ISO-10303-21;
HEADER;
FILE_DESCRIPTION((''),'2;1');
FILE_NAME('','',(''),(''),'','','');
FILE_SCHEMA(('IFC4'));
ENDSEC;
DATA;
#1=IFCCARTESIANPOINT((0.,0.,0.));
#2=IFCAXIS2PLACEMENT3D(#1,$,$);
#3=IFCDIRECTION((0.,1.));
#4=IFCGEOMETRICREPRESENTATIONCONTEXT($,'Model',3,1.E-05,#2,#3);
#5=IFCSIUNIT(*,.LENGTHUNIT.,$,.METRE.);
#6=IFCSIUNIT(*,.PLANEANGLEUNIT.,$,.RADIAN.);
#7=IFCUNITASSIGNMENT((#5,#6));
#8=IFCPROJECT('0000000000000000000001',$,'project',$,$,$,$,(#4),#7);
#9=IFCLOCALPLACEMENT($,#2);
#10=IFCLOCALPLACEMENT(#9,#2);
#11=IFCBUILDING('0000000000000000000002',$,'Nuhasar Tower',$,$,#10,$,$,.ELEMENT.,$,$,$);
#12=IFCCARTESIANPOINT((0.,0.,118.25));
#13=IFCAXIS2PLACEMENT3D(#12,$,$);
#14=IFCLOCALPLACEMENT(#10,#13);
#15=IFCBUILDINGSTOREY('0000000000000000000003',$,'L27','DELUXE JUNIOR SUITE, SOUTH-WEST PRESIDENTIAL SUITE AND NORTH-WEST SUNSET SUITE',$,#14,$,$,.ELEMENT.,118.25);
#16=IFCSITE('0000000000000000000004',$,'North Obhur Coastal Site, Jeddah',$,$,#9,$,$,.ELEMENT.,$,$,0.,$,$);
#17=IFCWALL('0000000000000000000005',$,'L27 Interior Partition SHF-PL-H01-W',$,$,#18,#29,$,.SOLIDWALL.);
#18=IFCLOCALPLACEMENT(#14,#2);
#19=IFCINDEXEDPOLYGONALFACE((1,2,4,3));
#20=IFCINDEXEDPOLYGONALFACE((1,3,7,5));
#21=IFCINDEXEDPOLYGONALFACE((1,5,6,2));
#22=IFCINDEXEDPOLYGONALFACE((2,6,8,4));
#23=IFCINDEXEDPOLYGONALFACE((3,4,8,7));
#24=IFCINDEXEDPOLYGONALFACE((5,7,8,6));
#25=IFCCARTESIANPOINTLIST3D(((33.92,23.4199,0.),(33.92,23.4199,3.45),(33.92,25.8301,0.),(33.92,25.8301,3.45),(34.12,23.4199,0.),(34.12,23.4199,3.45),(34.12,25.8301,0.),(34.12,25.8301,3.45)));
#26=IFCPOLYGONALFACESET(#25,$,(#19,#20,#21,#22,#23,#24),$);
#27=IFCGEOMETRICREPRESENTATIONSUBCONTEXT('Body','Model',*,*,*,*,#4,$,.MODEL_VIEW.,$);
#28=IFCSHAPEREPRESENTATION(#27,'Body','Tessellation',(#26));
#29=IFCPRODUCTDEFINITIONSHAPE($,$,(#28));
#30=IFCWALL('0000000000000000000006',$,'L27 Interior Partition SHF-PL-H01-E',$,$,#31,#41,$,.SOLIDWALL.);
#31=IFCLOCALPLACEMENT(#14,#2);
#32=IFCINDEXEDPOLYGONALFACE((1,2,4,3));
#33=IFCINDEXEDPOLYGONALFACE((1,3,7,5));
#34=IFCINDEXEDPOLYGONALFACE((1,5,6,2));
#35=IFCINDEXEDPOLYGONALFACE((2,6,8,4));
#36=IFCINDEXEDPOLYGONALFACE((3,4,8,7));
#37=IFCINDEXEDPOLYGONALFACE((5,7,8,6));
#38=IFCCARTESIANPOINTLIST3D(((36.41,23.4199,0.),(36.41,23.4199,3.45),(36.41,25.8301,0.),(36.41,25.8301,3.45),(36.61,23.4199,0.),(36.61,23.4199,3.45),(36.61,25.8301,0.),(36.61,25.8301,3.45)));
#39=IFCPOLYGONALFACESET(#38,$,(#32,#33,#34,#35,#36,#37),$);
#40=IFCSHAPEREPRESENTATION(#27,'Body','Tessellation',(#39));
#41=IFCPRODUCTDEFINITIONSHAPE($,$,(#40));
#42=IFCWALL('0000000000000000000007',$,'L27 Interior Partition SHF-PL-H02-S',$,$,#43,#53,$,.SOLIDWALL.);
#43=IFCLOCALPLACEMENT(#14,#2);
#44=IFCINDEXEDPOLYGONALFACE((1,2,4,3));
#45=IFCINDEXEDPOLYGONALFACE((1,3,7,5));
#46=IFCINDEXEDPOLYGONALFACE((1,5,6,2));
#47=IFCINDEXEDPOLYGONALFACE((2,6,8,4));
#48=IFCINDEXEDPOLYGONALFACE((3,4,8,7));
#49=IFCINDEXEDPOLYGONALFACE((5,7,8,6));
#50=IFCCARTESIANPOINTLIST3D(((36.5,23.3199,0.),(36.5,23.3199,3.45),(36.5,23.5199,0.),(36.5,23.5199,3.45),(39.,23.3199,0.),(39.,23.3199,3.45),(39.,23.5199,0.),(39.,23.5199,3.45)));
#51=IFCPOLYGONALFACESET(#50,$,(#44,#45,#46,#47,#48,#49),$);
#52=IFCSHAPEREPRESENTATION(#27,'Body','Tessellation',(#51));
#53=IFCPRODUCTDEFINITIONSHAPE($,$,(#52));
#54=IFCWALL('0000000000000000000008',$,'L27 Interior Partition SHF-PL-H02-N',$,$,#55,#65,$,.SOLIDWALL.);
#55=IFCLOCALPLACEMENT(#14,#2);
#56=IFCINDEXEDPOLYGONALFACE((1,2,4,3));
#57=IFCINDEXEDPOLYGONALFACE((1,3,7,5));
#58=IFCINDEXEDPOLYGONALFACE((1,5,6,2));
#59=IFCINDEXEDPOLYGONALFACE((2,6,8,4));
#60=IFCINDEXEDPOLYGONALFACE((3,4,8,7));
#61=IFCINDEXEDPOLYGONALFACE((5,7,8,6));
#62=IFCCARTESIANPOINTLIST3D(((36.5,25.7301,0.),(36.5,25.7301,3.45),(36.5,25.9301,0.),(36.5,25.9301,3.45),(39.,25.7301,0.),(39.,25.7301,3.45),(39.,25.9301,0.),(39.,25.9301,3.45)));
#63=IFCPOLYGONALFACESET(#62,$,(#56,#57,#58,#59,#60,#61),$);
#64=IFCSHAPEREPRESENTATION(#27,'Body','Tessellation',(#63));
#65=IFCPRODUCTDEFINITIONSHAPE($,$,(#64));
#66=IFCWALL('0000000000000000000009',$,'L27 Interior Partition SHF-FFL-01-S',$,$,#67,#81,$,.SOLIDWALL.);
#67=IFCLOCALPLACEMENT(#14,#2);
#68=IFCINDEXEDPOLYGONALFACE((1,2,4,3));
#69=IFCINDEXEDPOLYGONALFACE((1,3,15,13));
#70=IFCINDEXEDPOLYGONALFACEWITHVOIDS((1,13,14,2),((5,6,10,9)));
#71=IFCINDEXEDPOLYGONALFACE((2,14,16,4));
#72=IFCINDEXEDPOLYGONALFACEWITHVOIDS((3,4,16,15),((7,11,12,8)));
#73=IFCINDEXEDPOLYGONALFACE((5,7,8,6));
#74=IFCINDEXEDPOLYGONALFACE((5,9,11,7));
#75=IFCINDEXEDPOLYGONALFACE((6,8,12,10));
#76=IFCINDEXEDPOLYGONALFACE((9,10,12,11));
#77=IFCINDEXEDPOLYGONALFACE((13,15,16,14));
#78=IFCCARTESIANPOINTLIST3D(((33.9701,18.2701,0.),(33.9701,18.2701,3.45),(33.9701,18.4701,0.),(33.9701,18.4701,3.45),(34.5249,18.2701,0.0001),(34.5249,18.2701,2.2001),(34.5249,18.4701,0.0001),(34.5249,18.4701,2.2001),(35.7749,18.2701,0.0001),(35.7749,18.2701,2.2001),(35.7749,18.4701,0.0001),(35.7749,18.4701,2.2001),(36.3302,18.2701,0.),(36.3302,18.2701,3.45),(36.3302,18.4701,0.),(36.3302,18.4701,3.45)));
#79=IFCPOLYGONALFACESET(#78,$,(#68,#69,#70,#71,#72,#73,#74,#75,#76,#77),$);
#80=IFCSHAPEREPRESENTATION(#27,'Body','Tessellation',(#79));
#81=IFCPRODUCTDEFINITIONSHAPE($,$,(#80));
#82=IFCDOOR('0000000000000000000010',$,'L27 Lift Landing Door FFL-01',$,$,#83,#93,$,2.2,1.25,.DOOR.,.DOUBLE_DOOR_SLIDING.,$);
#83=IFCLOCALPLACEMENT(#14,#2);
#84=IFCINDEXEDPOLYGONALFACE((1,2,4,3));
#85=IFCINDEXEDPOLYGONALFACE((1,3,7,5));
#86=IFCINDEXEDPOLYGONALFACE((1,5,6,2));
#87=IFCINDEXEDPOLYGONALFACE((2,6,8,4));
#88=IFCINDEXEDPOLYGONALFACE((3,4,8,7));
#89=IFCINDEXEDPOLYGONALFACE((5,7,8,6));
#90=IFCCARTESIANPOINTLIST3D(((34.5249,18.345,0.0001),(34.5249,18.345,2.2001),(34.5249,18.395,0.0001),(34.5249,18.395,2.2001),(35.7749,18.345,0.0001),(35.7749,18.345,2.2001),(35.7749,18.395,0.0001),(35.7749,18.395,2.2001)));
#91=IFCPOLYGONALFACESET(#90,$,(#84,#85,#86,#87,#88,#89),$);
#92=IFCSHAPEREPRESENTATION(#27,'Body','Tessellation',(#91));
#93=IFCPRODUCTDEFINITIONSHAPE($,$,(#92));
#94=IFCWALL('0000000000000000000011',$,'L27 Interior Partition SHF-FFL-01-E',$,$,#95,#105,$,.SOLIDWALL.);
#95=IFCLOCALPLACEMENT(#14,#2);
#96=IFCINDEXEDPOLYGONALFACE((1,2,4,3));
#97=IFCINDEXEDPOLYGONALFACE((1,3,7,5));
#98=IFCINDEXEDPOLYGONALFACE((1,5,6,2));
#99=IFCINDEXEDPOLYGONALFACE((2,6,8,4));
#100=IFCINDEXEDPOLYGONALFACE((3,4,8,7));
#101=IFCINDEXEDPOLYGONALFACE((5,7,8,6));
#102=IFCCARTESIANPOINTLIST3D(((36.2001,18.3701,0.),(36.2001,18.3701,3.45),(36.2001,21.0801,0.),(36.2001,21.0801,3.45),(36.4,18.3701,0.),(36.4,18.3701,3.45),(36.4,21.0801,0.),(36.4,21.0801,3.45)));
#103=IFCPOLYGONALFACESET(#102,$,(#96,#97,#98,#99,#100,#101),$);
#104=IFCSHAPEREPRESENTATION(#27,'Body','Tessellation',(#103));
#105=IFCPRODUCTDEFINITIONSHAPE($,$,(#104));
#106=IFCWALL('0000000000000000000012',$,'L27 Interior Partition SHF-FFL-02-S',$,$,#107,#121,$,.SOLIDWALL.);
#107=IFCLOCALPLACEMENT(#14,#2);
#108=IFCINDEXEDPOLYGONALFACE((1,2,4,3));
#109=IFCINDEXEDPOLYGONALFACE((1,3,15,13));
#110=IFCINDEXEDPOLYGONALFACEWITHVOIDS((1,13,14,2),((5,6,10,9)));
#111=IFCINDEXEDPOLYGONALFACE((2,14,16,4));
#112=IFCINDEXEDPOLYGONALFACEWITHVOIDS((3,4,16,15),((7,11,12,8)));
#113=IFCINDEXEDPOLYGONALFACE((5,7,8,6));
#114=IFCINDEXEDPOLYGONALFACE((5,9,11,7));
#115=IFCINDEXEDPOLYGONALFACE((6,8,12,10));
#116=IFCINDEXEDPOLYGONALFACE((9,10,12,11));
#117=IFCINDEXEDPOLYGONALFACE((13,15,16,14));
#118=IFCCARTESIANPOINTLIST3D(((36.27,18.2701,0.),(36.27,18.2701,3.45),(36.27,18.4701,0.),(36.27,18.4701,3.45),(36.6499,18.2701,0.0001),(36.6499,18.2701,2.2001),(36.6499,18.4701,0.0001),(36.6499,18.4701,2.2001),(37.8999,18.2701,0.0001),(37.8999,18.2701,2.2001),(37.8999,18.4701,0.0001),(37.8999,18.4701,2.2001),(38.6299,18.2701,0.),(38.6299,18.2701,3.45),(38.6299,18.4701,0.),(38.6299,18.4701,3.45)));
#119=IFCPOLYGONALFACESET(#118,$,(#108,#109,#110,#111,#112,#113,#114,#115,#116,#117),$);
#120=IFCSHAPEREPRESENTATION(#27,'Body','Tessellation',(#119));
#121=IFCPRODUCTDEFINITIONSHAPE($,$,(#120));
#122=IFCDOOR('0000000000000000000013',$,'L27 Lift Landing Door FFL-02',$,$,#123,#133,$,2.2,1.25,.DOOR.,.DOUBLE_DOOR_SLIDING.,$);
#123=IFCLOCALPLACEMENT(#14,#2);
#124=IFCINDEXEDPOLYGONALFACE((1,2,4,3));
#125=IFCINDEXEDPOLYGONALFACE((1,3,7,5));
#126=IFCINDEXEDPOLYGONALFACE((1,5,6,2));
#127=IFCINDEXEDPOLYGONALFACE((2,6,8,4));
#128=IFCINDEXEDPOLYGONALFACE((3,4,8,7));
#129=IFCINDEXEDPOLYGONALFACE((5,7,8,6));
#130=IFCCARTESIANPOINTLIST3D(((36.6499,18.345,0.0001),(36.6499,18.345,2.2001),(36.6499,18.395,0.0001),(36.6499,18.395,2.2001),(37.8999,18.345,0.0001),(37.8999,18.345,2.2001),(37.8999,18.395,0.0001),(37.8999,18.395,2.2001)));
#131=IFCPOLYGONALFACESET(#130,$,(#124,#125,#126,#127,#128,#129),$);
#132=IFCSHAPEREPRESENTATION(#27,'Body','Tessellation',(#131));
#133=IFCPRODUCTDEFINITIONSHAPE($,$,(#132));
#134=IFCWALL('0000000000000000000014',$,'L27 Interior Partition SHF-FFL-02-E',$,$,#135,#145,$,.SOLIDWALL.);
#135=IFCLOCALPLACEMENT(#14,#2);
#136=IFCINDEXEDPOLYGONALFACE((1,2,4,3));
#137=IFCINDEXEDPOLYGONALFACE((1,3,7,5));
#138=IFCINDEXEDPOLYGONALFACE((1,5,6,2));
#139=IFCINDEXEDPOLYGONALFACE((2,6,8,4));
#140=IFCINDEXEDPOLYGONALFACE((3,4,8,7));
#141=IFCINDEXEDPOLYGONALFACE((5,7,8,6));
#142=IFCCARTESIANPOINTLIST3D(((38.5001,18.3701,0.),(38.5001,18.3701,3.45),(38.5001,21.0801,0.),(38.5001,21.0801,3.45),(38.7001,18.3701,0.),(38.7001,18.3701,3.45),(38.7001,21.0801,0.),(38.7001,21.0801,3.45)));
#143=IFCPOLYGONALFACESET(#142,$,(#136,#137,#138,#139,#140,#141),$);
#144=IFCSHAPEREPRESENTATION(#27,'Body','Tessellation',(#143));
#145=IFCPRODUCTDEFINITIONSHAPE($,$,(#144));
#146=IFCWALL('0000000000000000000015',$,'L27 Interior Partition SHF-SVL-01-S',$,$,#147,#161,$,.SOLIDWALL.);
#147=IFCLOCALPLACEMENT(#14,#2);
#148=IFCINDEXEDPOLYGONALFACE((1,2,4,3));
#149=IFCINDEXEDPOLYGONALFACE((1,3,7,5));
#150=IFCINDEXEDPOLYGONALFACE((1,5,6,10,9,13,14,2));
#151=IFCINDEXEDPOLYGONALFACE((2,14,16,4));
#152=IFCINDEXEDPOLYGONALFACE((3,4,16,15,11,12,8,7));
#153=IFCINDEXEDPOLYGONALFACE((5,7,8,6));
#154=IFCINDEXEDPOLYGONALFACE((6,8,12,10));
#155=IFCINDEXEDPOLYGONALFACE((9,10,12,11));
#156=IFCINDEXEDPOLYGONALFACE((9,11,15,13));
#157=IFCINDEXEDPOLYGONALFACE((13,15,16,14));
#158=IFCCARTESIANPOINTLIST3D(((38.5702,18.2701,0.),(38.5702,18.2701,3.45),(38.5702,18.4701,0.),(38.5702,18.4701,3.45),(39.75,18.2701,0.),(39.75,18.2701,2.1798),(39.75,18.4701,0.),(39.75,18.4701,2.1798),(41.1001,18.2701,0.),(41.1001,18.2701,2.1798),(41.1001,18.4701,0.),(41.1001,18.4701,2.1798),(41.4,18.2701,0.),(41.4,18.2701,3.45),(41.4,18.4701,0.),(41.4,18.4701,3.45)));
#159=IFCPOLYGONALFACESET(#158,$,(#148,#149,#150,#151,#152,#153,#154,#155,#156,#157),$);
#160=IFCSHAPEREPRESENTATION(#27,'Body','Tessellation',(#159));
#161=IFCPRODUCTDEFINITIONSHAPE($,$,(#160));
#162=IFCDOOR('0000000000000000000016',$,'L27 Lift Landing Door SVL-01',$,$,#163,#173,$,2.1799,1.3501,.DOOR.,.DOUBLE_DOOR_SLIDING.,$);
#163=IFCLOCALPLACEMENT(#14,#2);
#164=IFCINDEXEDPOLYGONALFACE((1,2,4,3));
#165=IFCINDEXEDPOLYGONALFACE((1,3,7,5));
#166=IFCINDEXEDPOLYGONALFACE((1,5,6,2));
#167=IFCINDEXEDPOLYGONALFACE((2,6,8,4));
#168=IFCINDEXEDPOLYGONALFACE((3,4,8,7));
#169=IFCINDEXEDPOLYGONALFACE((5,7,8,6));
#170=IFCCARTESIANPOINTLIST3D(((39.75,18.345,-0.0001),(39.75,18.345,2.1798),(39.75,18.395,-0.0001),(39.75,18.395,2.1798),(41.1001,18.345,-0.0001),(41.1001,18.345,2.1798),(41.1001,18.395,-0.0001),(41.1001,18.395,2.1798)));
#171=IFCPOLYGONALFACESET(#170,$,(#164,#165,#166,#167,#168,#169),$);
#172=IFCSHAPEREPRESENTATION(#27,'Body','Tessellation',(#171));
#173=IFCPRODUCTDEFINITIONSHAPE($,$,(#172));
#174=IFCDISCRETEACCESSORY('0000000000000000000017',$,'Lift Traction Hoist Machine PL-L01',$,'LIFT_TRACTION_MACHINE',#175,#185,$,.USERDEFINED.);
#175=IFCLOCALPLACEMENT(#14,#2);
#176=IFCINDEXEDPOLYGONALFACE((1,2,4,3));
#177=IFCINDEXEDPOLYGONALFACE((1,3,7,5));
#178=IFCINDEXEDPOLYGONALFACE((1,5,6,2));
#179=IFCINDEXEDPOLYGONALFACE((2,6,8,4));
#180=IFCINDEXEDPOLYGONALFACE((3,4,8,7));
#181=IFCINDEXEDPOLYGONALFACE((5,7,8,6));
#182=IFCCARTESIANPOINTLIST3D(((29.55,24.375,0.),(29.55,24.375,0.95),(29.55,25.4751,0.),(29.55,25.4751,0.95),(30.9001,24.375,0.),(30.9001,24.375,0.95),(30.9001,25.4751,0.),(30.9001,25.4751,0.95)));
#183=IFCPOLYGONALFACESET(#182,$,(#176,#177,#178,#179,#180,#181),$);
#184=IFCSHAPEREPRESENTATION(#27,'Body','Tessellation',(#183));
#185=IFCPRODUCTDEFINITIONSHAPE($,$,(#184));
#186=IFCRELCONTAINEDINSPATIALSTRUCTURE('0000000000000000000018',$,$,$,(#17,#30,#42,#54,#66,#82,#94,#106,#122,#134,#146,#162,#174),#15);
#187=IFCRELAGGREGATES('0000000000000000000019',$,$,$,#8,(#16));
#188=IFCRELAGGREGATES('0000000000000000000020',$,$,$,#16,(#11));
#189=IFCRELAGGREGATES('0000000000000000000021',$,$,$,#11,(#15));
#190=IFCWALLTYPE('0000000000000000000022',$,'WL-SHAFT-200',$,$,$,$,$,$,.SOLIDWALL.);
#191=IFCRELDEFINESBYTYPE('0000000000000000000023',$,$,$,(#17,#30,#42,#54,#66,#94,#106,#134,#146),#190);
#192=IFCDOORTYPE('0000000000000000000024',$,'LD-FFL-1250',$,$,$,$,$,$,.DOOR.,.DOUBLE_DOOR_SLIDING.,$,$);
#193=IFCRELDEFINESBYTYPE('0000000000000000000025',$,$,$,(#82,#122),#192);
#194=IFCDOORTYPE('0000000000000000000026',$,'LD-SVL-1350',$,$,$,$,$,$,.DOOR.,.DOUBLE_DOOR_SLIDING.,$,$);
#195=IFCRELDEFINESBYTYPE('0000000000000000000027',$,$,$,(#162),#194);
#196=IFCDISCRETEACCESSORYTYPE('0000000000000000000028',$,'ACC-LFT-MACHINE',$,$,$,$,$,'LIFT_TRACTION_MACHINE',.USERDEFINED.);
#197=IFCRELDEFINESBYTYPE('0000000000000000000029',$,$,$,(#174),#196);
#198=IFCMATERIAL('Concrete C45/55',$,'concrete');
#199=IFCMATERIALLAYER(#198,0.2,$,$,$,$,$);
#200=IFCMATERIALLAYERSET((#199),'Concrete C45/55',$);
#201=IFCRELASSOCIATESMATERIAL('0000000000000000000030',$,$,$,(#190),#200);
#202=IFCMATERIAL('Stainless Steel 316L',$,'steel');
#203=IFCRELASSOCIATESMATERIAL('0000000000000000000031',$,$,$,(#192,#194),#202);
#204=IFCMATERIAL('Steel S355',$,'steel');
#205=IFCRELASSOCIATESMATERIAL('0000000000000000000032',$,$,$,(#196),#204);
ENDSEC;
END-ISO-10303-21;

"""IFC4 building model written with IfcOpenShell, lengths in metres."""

from ifc_helpers import new_model, si_unit, direction, frame, frame_2d, origin, origin_2d, place, context, subcontext, project, spatial, rectangle, extrude, material, layer, layer_set, type_object, element, fill, save


model = new_model("IFC4")

# Units and contexts
model_context = context("Model", 3, precision=1e-05, world=origin(), true_north=direction((0.0, 1.0)))
body_context = subcontext(model_context, "Body", "Model", "MODEL_VIEW")
ifc_project = project(units=[si_unit("LENGTHUNIT", "METRE"), si_unit("PLANEANGLEUNIT", "RADIAN")], contexts=[model_context])

# Site, building, storey
site_placement = place(None, origin())
site = spatial("IfcSite", under=ifc_project, at=site_placement, Name="North Obhur Coastal Site, Jeddah", CompositionType="ELEMENT", RefElevation=0.0)
building_placement = place(site_placement, origin())
building = spatial("IfcBuilding", under=site, at=building_placement, Name="Nuhasar Tower", CompositionType="ELEMENT")
storey_placement = place(building_placement, frame((0.0, 0.0, 118.25)))
storey = spatial("IfcBuildingStorey", under=building, at=storey_placement, Name="L27", Description="DELUXE JUNIOR SUITE, SOUTH-WEST PRESIDENTIAL SUITE AND NORTH-WEST SUNSET SUITE", CompositionType="ELEMENT", Elevation=118.25)

# Shared definitions
ifc_material_1 = material(Name="Steel S355", Category="steel")

# Walls
ifc_material_2 = material(Name="Concrete C45/55", Category="concrete")
ifc_layer_1 = layer(ifc_material_2, 0.2)
ifc_layer_set_1 = layer_set([ifc_layer_1], Name="Concrete C45/55")
wall_type_1 = type_object("IfcWallType", Name="WL-SHAFT-200", PredefinedType="SOLIDWALL", material=ifc_layer_set_1)
for number, where, z_axis, x_axis, name in (
    (1, (34.02, 23.4199, 0.0), (0.0, 0.0, 1.0), (0.0, 1.0, 0.0), "L27 Interior Partition SHF-PL-H01-W"),
    (2, (36.51, 23.4199, 0.0), (0.0, 0.0, 1.0), (0.0, 1.0, 0.0), "L27 Interior Partition SHF-PL-H01-E"),
):
    element("IfcWall", number, at=place(storey_placement, frame(where, z_axis=z_axis, x_axis=x_axis)), inside=storey, type_object=wall_type_1, Name=name, PredefinedType="SOLIDWALL", context=body_context, shape_type="SweptSolid", body=[
        extrude(rectangle(XDim=2.4102, YDim=0.2, at=frame_2d((1.2051, 0.0))), origin(), (0.0, 0.0, 1.0), 3.45),
    ])
for number, where, z_axis, x_axis, name in (
    (3, (36.5, 23.4199, 0.0), (0.0, 0.0, 1.0), (1.0, 0.0, 0.0), "L27 Interior Partition SHF-PL-H02-S"),
    (4, (36.5, 25.8301, 0.0), (0.0, 0.0, 1.0), (1.0, 0.0, 0.0), "L27 Interior Partition SHF-PL-H02-N"),
):
    element("IfcWall", number, at=place(storey_placement, frame(where, z_axis=z_axis, x_axis=x_axis)), inside=storey, type_object=wall_type_1, Name=name, PredefinedType="SOLIDWALL", context=body_context, shape_type="SweptSolid", body=[
        extrude(rectangle(XDim=2.5, YDim=0.2, at=frame_2d((1.25, 0.0))), origin(), (0.0, 0.0, 1.0), 3.45),
    ])

# Wall, opening, door
wall_1_placement = place(storey_placement, frame((33.97, 18.3701, 0.0), z_axis=(0.0, 0.0, 1.0), x_axis=(1.0, 0.0, 0.0)))
wall_1 = element("IfcWall", 5, at=wall_1_placement, inside=storey, type_object=wall_type_1, Name="L27 Interior Partition SHF-FFL-01-S", PredefinedType="SOLIDWALL", context=body_context, shape_type="SweptSolid", body=[
    extrude(rectangle(XDim=2.3601, YDim=0.2, at=frame_2d((1.1802, 0.0))), origin(), (0.0, 0.0, 1.0), 3.45),
])
opening_1_placement = place(wall_1_placement, frame((0.5549, 0.0, 0.0)))
opening_1 = element("IfcOpeningElement", 6, at=opening_1_placement, cuts=wall_1, PredefinedType="OPENING", context=body_context, shape_type="SweptSolid", body=[
    extrude(rectangle(XDim=1.25, YDim=2.2, at=frame_2d((0.625, 1.1001))), frame((0.0, 0.1099, 0.0), z_axis=(0.0, -1.0, 0.0), x_axis=(1.0, 0.0, 0.0)), (0.0, 0.0, 1.0), 0.22),
])
ifc_material_3 = material(Name="Stainless Steel 316L", Category="steel")
door_type_1 = type_object("IfcDoorType", Name="LD-FFL-1250", OperationType="DOUBLE_DOOR_SLIDING", PredefinedType="DOOR", material=ifc_material_3)
door_1_placement = place(opening_1_placement, origin())
door_1 = element("IfcDoor", 7, at=door_1_placement, inside=storey, type_object=door_type_1, Name="L27 Lift Landing Door FFL-01", OperationType="DOUBLE_DOOR_SLIDING", OverallHeight=2.2, OverallWidth=1.25, PredefinedType="DOOR", context=body_context, shape_type="SweptSolid", body=[
    extrude(rectangle(XDim=1.25, YDim=2.2, at=frame_2d((0.625, 1.1001))), frame((0.0, 0.0249, 0.0), z_axis=(0.0, -1.0, 0.0), x_axis=(1.0, 0.0, 0.0)), (0.0, 0.0, 1.0), 0.05),
])
fill(opening_1, door_1)

# Wall
wall_2_placement = place(storey_placement, frame((36.3, 18.3701, 0.0), z_axis=(0.0, 0.0, 1.0), x_axis=(0.0, 1.0, 0.0)))
element("IfcWall", 8, at=wall_2_placement, inside=storey, type_object=wall_type_1, Name="L27 Interior Partition SHF-FFL-01-E", PredefinedType="SOLIDWALL", context=body_context, shape_type="SweptSolid", body=[
    extrude(rectangle(XDim=2.71, YDim=0.2, at=frame_2d((1.355, 0.0))), origin(), (0.0, 0.0, 1.0), 3.45),
])

# Wall, opening, door
wall_3_placement = place(storey_placement, frame((36.27, 18.3701, 0.0), z_axis=(0.0, 0.0, 1.0), x_axis=(1.0, 0.0, 0.0)))
wall_3 = element("IfcWall", 9, at=wall_3_placement, inside=storey, type_object=wall_type_1, Name="L27 Interior Partition SHF-FFL-02-S", PredefinedType="SOLIDWALL", context=body_context, shape_type="SweptSolid", body=[
    extrude(rectangle(XDim=2.3599, YDim=0.2, at=frame_2d((1.1799, 0.0))), origin(), (0.0, 0.0, 1.0), 3.45),
])
opening_2_placement = place(wall_3_placement, frame((0.3799, 0.0, 0.0)))
opening_2 = element("IfcOpeningElement", 10, at=opening_2_placement, cuts=wall_3, PredefinedType="OPENING", context=body_context, shape_type="SweptSolid", body=[
    extrude(rectangle(XDim=1.25, YDim=2.2, at=frame_2d((0.625, 1.1001))), frame((0.0, 0.1099, 0.0), z_axis=(0.0, -1.0, 0.0), x_axis=(1.0, 0.0, 0.0)), (0.0, 0.0, 1.0), 0.22),
])
door_2_placement = place(opening_2_placement, origin())
door_2 = element("IfcDoor", 11, at=door_2_placement, inside=storey, type_object=door_type_1, Name="L27 Lift Landing Door FFL-02", OperationType="DOUBLE_DOOR_SLIDING", OverallHeight=2.2, OverallWidth=1.25, PredefinedType="DOOR", context=body_context, shape_type="SweptSolid", body=[
    extrude(rectangle(XDim=1.25, YDim=2.2, at=frame_2d((0.625, 1.1001))), frame((0.0, 0.0249, 0.0), z_axis=(0.0, -1.0, 0.0), x_axis=(1.0, 0.0, 0.0)), (0.0, 0.0, 1.0), 0.05),
])
fill(opening_2, door_2)

# Wall
wall_4_placement = place(storey_placement, frame((38.6001, 18.3701, 0.0), z_axis=(0.0, 0.0, 1.0), x_axis=(0.0, 1.0, 0.0)))
element("IfcWall", 12, at=wall_4_placement, inside=storey, type_object=wall_type_1, Name="L27 Interior Partition SHF-FFL-02-E", PredefinedType="SOLIDWALL", context=body_context, shape_type="SweptSolid", body=[
    extrude(rectangle(XDim=2.71, YDim=0.2, at=frame_2d((1.355, 0.0))), origin(), (0.0, 0.0, 1.0), 3.45),
])

# Wall, opening, door
wall_5_placement = place(storey_placement, frame((38.5701, 18.3701, 0.0), z_axis=(0.0, 0.0, 1.0), x_axis=(1.0, 0.0, 0.0)))
wall_5 = element("IfcWall", 13, at=wall_5_placement, inside=storey, type_object=wall_type_1, Name="L27 Interior Partition SHF-SVL-01-S", PredefinedType="SOLIDWALL", context=body_context, shape_type="SweptSolid", body=[
    extrude(rectangle(XDim=2.8298, YDim=0.2, at=frame_2d((1.415, 0.0))), origin(), (0.0, 0.0, 1.0), 3.45),
])
opening_3_placement = place(wall_5_placement, frame((1.1799, 0.0, 0.0)))
opening_3 = element("IfcOpeningElement", 14, at=opening_3_placement, cuts=wall_5, PredefinedType="OPENING", context=body_context, shape_type="SweptSolid", body=[
    extrude(rectangle(XDim=1.3501, YDim=2.1799, at=frame_2d((0.675, 1.0898))), frame((0.0, 0.1099, 0.0), z_axis=(0.0, -1.0, 0.0), x_axis=(1.0, 0.0, 0.0)), (0.0, 0.0, 1.0), 0.22),
])
door_type_2 = type_object("IfcDoorType", Name="LD-SVL-1350", OperationType="DOUBLE_DOOR_SLIDING", PredefinedType="DOOR", material=ifc_material_3)
door_3_placement = place(opening_3_placement, origin())
door_3 = element("IfcDoor", 15, at=door_3_placement, inside=storey, type_object=door_type_2, Name="L27 Lift Landing Door SVL-01", OperationType="DOUBLE_DOOR_SLIDING", OverallHeight=2.1799, OverallWidth=1.3501, PredefinedType="DOOR", context=body_context, shape_type="SweptSolid", body=[
    extrude(rectangle(XDim=1.3501, YDim=2.1799, at=frame_2d((0.675, 1.0898))), frame((0.0, 0.0249, 0.0), z_axis=(0.0, -1.0, 0.0), x_axis=(1.0, 0.0, 0.0)), (0.0, 0.0, 1.0), 0.05),
])
fill(opening_3, door_3)

# Discrete accessory
discrete_accessory_type = type_object("IfcDiscreteAccessoryType", Name="ACC-LFT-MACHINE", ElementType="LIFT_TRACTION_MACHINE", PredefinedType="USERDEFINED", material=ifc_material_1)
for number, where, z_axis, x_axis, name in (
    (16, (30.2251, 24.925, 0.0), (0.0, 0.0, 1.0), (1.0, 0.0, 0.0), "Lift Traction Hoist Machine PL-L01"),
):
    element("IfcDiscreteAccessory", number, at=place(storey_placement, frame(where, z_axis=z_axis, x_axis=x_axis)), inside=storey, type_object=discrete_accessory_type, Name=name, ObjectType="LIFT_TRACTION_MACHINE", PredefinedType="USERDEFINED", context=body_context, shape_type="SweptSolid", body=[
        extrude(rectangle(XDim=1.3501, YDim=1.1001, at=origin_2d()), origin(), (0.0, 0.0, 1.0), 0.95),
    ])

save(model, "model.ifc")
